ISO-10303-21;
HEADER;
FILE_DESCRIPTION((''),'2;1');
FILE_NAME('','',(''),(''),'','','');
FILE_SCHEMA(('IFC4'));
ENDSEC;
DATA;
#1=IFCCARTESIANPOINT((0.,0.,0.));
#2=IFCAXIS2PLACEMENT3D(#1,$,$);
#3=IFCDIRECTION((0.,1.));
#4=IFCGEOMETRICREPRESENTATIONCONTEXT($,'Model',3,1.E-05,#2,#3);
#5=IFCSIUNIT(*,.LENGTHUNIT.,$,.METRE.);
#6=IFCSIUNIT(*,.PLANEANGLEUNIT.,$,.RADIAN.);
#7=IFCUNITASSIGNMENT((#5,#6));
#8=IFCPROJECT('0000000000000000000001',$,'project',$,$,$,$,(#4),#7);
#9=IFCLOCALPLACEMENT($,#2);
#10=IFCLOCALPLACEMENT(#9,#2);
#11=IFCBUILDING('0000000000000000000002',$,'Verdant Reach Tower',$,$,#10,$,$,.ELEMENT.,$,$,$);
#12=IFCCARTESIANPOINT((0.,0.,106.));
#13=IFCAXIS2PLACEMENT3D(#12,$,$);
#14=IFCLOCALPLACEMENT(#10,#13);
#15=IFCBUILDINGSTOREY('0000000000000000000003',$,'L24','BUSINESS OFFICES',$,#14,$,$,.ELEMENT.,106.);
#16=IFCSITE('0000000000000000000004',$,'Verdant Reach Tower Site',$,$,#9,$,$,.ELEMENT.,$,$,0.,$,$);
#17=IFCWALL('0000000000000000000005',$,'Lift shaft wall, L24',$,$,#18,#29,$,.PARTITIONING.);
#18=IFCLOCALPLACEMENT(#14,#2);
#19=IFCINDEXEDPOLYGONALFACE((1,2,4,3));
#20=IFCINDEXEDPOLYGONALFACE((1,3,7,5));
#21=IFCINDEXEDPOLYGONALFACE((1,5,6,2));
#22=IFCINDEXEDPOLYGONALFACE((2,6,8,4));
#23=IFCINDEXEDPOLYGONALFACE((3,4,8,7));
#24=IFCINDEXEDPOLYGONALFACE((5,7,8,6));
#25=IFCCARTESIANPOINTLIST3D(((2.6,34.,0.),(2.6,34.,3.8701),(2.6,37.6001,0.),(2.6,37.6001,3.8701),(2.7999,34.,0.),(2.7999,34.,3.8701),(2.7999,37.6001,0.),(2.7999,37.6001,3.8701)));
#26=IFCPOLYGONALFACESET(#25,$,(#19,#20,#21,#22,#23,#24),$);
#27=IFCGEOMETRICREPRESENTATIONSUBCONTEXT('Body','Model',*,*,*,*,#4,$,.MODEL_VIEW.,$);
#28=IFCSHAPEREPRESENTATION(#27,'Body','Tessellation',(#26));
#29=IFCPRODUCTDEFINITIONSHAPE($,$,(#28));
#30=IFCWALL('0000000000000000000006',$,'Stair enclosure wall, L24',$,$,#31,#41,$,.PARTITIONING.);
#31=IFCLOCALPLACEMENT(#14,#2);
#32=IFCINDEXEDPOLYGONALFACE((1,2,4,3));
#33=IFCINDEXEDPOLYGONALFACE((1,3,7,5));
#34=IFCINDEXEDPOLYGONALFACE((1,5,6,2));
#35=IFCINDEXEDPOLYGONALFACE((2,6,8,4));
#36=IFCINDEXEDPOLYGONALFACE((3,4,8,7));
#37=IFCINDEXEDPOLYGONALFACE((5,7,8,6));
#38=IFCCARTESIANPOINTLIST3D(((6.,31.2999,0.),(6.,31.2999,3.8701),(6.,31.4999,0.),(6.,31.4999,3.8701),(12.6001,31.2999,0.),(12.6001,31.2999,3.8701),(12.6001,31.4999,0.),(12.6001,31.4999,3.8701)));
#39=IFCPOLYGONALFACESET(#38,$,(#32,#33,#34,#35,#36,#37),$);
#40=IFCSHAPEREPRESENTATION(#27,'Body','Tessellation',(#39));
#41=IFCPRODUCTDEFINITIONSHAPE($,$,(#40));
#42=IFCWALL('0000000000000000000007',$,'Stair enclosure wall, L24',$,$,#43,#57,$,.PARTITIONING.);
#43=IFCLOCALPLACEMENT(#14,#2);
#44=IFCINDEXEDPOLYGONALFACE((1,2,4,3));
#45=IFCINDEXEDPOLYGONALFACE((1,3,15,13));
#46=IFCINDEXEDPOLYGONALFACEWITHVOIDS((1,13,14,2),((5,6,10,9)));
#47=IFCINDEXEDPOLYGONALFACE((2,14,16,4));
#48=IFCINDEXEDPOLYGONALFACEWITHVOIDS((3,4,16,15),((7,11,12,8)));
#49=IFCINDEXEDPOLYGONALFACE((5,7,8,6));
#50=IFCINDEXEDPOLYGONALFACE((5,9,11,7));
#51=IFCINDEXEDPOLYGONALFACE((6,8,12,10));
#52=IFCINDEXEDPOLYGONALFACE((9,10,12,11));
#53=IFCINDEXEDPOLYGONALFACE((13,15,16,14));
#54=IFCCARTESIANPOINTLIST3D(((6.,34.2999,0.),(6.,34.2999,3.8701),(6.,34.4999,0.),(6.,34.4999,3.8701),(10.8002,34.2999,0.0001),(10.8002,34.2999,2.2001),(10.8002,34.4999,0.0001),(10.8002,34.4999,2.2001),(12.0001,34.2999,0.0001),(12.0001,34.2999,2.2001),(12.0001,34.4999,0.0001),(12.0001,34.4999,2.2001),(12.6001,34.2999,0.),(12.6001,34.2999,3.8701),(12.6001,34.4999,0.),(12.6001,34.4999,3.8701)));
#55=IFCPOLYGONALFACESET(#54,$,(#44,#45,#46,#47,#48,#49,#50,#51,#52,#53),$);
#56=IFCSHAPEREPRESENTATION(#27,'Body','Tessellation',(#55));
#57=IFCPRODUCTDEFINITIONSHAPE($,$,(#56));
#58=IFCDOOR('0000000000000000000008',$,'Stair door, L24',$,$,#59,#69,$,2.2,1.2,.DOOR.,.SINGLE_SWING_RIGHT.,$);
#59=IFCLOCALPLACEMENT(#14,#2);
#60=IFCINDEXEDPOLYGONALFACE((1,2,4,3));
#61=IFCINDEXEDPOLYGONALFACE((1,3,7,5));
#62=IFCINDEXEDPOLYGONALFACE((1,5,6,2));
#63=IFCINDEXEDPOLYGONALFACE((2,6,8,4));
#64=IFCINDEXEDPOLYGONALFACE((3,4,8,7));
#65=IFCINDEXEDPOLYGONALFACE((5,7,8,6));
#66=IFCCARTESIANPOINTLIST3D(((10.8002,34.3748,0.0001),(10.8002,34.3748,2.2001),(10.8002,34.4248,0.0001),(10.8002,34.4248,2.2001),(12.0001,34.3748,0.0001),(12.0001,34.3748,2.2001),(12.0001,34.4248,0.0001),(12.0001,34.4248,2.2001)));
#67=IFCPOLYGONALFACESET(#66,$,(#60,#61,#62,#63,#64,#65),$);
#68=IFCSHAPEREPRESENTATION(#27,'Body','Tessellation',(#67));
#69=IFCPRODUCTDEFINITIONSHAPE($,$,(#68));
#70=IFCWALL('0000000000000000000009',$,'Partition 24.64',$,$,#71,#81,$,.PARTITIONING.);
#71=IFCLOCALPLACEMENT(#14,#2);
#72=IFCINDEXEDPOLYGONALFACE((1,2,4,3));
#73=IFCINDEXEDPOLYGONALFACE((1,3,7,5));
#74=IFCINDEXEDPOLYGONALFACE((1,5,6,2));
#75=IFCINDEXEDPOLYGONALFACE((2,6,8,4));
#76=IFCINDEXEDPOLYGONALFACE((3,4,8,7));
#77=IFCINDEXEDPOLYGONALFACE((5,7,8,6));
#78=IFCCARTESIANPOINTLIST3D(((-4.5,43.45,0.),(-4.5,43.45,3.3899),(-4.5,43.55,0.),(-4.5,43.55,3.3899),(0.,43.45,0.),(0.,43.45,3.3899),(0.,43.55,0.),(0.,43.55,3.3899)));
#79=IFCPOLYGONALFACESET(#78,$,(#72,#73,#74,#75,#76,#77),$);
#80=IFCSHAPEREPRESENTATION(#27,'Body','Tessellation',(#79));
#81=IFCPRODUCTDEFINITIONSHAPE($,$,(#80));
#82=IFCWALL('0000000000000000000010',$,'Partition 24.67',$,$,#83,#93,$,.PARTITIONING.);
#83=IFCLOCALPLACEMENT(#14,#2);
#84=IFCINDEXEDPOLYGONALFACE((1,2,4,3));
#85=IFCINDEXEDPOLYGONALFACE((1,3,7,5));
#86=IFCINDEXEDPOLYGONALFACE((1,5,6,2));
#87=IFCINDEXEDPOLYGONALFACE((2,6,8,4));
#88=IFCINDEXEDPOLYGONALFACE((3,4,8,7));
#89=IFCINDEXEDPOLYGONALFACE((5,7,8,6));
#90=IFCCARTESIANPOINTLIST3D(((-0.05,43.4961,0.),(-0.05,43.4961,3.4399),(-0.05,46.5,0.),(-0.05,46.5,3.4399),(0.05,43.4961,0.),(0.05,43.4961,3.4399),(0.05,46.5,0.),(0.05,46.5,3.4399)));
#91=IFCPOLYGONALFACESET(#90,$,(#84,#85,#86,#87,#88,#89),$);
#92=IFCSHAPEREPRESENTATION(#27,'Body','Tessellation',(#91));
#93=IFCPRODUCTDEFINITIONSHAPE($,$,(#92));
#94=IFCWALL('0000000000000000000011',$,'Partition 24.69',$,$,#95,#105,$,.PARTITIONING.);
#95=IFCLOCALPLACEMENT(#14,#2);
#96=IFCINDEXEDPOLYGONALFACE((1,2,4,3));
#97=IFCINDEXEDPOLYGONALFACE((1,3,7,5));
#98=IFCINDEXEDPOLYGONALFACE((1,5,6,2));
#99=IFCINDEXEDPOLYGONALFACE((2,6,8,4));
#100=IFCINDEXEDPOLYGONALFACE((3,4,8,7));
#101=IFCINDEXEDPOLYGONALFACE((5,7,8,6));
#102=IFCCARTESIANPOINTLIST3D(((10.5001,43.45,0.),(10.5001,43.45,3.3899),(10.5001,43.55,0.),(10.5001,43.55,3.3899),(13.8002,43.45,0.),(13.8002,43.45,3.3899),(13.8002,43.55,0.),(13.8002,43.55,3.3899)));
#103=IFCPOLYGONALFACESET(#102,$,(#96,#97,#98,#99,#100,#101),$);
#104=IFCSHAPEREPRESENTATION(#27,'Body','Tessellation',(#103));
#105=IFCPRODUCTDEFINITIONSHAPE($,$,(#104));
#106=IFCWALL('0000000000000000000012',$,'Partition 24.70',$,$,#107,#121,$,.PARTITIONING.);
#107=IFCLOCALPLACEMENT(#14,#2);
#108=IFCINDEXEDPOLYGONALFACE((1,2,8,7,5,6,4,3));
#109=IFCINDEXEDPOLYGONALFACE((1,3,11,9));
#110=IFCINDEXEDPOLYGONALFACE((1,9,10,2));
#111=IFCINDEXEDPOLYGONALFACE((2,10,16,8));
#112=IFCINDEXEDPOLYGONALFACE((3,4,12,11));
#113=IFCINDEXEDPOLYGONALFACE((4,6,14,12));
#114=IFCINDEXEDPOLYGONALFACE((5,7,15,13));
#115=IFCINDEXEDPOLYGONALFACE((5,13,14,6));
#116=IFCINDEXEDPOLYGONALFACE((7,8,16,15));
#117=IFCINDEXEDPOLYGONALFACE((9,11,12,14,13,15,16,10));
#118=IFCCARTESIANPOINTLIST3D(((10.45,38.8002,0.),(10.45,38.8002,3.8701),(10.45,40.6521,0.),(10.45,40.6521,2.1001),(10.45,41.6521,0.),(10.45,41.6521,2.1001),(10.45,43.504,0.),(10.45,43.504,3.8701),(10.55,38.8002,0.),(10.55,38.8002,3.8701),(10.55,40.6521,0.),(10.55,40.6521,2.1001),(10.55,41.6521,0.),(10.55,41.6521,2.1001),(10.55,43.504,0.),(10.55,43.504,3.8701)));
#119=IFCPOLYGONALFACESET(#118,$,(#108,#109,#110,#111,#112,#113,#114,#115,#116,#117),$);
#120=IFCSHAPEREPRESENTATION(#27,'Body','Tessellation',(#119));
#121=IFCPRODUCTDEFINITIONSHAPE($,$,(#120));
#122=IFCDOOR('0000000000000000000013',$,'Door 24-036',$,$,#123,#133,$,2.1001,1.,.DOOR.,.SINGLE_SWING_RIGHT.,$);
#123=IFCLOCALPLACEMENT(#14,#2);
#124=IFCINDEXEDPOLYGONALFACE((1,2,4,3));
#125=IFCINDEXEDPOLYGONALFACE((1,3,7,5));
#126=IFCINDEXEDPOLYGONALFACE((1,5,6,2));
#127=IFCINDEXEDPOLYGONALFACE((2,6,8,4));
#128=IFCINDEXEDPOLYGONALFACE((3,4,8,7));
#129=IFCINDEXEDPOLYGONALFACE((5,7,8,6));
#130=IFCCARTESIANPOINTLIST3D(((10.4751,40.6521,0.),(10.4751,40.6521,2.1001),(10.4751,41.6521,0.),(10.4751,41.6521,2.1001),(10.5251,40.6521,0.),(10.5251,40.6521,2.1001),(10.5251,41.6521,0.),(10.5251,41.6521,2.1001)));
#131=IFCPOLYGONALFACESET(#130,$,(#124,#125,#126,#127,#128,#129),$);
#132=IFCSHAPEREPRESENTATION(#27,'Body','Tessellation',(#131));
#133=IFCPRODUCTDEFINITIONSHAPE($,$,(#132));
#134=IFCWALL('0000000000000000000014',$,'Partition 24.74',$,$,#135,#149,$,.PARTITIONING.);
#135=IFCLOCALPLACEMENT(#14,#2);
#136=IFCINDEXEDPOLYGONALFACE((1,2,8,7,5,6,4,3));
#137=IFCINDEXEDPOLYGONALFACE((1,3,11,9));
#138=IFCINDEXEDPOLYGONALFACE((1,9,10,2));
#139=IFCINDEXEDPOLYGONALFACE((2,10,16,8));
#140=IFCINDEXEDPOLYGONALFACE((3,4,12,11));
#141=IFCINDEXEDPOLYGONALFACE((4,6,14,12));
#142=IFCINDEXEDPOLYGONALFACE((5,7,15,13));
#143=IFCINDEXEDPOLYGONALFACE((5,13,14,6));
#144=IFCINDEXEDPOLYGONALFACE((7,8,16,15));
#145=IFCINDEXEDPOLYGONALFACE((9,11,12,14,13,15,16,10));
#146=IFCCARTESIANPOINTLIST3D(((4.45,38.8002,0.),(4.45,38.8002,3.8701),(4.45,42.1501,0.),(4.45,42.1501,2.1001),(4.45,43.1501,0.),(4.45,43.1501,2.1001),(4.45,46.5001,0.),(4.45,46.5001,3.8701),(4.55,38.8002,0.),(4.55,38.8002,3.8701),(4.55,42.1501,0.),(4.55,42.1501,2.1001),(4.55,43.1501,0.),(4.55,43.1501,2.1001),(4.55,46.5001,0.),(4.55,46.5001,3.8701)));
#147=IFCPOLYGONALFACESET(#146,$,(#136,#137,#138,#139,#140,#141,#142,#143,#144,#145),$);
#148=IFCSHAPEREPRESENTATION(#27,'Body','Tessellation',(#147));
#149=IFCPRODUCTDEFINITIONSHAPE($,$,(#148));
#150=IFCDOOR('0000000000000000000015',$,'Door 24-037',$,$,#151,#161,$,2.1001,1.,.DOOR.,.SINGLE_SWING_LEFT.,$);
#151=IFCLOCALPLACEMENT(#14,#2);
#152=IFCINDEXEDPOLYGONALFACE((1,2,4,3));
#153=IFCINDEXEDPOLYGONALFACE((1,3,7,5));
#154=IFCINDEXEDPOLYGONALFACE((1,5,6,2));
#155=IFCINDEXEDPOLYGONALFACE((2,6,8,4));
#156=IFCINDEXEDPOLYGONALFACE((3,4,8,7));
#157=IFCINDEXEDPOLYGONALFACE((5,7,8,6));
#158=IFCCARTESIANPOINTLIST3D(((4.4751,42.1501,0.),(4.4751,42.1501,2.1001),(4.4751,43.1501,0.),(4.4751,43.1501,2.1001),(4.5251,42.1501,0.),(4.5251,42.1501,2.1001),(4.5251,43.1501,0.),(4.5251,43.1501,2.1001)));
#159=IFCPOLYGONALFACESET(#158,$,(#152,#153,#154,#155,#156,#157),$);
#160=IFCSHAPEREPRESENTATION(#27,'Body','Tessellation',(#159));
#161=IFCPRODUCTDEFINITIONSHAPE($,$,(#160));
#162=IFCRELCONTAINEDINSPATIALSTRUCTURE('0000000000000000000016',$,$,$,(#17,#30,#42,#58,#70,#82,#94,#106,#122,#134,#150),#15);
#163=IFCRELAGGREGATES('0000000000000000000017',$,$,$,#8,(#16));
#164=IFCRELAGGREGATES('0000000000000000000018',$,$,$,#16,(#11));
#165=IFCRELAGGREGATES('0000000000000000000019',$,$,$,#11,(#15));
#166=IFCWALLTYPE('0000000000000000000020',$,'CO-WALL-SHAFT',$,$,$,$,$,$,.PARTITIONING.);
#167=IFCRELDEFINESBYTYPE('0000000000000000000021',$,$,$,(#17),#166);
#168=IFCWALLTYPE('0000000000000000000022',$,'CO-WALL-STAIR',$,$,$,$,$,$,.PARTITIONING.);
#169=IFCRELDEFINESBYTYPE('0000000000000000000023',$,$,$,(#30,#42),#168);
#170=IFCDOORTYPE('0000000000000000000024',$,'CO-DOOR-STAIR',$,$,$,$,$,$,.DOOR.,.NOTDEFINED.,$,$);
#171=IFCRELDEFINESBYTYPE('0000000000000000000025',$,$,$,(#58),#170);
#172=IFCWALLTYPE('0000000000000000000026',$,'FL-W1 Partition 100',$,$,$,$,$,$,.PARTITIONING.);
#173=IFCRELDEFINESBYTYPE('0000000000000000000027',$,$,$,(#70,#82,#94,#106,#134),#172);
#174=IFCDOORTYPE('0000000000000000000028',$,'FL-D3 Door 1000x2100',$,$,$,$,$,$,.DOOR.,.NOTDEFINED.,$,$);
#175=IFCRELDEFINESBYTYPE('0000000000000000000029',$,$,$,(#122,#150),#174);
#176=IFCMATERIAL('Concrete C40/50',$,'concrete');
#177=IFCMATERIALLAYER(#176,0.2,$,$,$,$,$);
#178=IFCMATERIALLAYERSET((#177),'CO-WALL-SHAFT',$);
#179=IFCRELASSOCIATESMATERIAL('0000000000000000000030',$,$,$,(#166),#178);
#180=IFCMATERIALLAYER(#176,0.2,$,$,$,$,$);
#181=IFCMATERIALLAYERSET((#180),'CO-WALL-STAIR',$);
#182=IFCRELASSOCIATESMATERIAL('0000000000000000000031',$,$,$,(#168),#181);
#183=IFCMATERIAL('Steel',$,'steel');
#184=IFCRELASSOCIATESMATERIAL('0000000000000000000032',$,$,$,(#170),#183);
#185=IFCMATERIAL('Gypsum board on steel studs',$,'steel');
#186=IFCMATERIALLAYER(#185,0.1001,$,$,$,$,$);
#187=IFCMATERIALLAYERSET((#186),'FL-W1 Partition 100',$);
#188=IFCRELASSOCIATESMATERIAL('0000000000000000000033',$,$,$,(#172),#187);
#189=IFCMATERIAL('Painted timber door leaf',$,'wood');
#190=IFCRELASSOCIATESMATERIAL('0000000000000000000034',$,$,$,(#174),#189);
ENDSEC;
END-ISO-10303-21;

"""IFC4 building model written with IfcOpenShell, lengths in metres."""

from ifc_helpers import new_model, si_unit, direction, frame, frame_2d, origin, place, context, subcontext, project, spatial, rectangle, extrude, material, layer, layer_set, type_object, element, fill, save


model = new_model("IFC4")

# Units and contexts
model_context = context("Model", 3, precision=1e-05, world=origin(), true_north=direction((0.0, 1.0)))
body_context = subcontext(model_context, "Body", "Model", "MODEL_VIEW")
ifc_project = project(units=[si_unit("LENGTHUNIT", "METRE"), si_unit("PLANEANGLEUNIT", "RADIAN")], contexts=[model_context])

# Site, building, storey
site_placement = place(None, origin())
site = spatial("IfcSite", under=ifc_project, at=site_placement, Name="Verdant Reach Tower Site", CompositionType="ELEMENT", RefElevation=0.0)
building_placement = place(site_placement, origin())
building = spatial("IfcBuilding", under=site, at=building_placement, Name="Verdant Reach Tower", CompositionType="ELEMENT")
storey_placement = place(building_placement, frame((0.0, 0.0, 106.0)))
storey = spatial("IfcBuildingStorey", under=building, at=storey_placement, Name="L24", Description="BUSINESS OFFICES", CompositionType="ELEMENT", Elevation=106.0)

# Walls
ifc_material_1 = material(Name="Concrete C40/50", Category="concrete")
ifc_layer_1 = layer(ifc_material_1, 0.2)
ifc_layer_set_1 = layer_set([ifc_layer_1], Name="CO-WALL-SHAFT")
wall_type_1 = type_object("IfcWallType", Name="CO-WALL-SHAFT", PredefinedType="PARTITIONING", material=ifc_layer_set_1)
wall_1_placement = place(storey_placement, frame((2.7, 34.0, 0.0), z_axis=(0.0, 0.0, 1.0), x_axis=(0.0, 1.0, 0.0)))
element("IfcWall", 1, at=wall_1_placement, inside=storey, type_object=wall_type_1, Name="Lift shaft wall, L24", PredefinedType="PARTITIONING", context=body_context, shape_type="SweptSolid", body=[
    extrude(rectangle(XDim=3.6001, YDim=0.2, at=frame_2d((1.8, 0.0))), origin(), (0.0, 0.0, 1.0), 3.8701),
])
ifc_layer_2 = layer(ifc_material_1, 0.2)
ifc_layer_set_2 = layer_set([ifc_layer_2], Name="CO-WALL-STAIR")
wall_type_2 = type_object("IfcWallType", Name="CO-WALL-STAIR", PredefinedType="PARTITIONING", material=ifc_layer_set_2)
wall_2_placement = place(storey_placement, frame((6.0, 31.3999, 0.0), z_axis=(0.0, 0.0, 1.0), x_axis=(1.0, 0.0, 0.0)))
element("IfcWall", 2, at=wall_2_placement, inside=storey, type_object=wall_type_2, Name="Stair enclosure wall, L24", PredefinedType="PARTITIONING", context=body_context, shape_type="SweptSolid", body=[
    extrude(rectangle(XDim=6.6001, YDim=0.2, at=frame_2d((3.3, 0.0))), origin(), (0.0, 0.0, 1.0), 3.8701),
])

# Wall, opening, door
wall_3_placement = place(storey_placement, frame((6.0, 34.3999, 0.0), z_axis=(0.0, 0.0, 1.0), x_axis=(1.0, 0.0, 0.0)))
wall_3 = element("IfcWall", 3, at=wall_3_placement, inside=storey, type_object=wall_type_2, Name="Stair enclosure wall, L24", PredefinedType="PARTITIONING", context=body_context, shape_type="SweptSolid", body=[
    extrude(rectangle(XDim=6.6001, YDim=0.2, at=frame_2d((3.3, 0.0))), origin(), (0.0, 0.0, 1.0), 3.8701),
])
opening_1_placement = place(wall_3_placement, frame((4.8, 0.0, 0.0)))
opening_1 = element("IfcOpeningElement", 4, at=opening_1_placement, cuts=wall_3, PredefinedType="OPENING", context=body_context, shape_type="SweptSolid", body=[
    extrude(rectangle(XDim=1.2, YDim=2.2, at=frame_2d((0.6001, 1.1001))), frame((0.0, 0.1099, 0.0), z_axis=(0.0, -1.0, 0.0), x_axis=(1.0, 0.0, 0.0)), (0.0, 0.0, 1.0), 0.22),
])
ifc_material_2 = material(Name="Steel", Category="steel")
door_type_1 = type_object("IfcDoorType", Name="CO-DOOR-STAIR", OperationType="NOTDEFINED", PredefinedType="DOOR", material=ifc_material_2)
door_1_placement = place(opening_1_placement, origin())
door_1 = element("IfcDoor", 5, at=door_1_placement, inside=storey, type_object=door_type_1, Name="Stair door, L24", OperationType="SINGLE_SWING_RIGHT", OverallHeight=2.2, OverallWidth=1.2, PredefinedType="DOOR", context=body_context, shape_type="SweptSolid", body=[
    extrude(rectangle(XDim=1.2, YDim=2.2, at=frame_2d((0.6001, 1.1001))), frame((0.0, 0.0249, 0.0), z_axis=(0.0, -1.0, 0.0), x_axis=(1.0, 0.0, 0.0)), (0.0, 0.0, 1.0), 0.05),
])
fill(opening_1, door_1)

# Walls
ifc_material_3 = material(Name="Gypsum board on steel studs", Category="steel")
ifc_layer_3 = layer(ifc_material_3, 0.1001)
ifc_layer_set_3 = layer_set([ifc_layer_3], Name="FL-W1 Partition 100")
wall_type_3 = type_object("IfcWallType", Name="FL-W1 Partition 100", PredefinedType="PARTITIONING", material=ifc_layer_set_3)
wall_4_placement = place(storey_placement, frame((0.0, 43.5, 0.0), z_axis=(0.0, 0.0, 1.0), x_axis=(-1.0, 0.0, 0.0)))
element("IfcWall", 6, at=wall_4_placement, inside=storey, type_object=wall_type_3, Name="Partition 24.64", PredefinedType="PARTITIONING", context=body_context, shape_type="SweptSolid", body=[
    extrude(rectangle(XDim=4.5, YDim=0.1001, at=frame_2d((2.25, 0.0))), origin(), (0.0, 0.0, 1.0), 3.3899),
])
wall_5_placement = place(storey_placement, frame((0.0, 43.4961, 0.0), z_axis=(0.0, 0.0, 1.0), x_axis=(0.0, 1.0, 0.0)))
element("IfcWall", 7, at=wall_5_placement, inside=storey, type_object=wall_type_3, Name="Partition 24.67", PredefinedType="PARTITIONING", context=body_context, shape_type="SweptSolid", body=[
    extrude(rectangle(XDim=3.0039, YDim=0.1001, at=frame_2d((1.502, 0.0))), origin(), (0.0, 0.0, 1.0), 3.4399),
])
wall_6_placement = place(storey_placement, frame((13.8, 43.5, 0.0), z_axis=(0.0, 0.0, 1.0), x_axis=(-1.0, 0.0, 0.0)))
element("IfcWall", 8, at=wall_6_placement, inside=storey, type_object=wall_type_3, Name="Partition 24.69", PredefinedType="PARTITIONING", context=body_context, shape_type="SweptSolid", body=[
    extrude(rectangle(XDim=3.3, YDim=0.1001, at=frame_2d((1.6499, 0.0))), origin(), (0.0, 0.0, 1.0), 3.3899),
])

# Walls, openings, doors
wall_7_placement = place(storey_placement, frame((10.5, 38.8, 0.0), z_axis=(0.0, 0.0, 1.0), x_axis=(0.0, 1.0, 0.0)))
wall_7 = element("IfcWall", 9, at=wall_7_placement, inside=storey, type_object=wall_type_3, Name="Partition 24.70", PredefinedType="PARTITIONING", context=body_context, shape_type="SweptSolid", body=[
    extrude(rectangle(XDim=4.7039, YDim=0.1001, at=frame_2d((2.3521, 0.0))), origin(), (0.0, 0.0, 1.0), 3.8701),
])
opening_2_placement = place(wall_7_placement, frame((1.8521, 0.0, 0.0)))
opening_2 = element("IfcOpeningElement", 10, at=opening_2_placement, cuts=wall_7, PredefinedType="OPENING", context=body_context, shape_type="SweptSolid", body=[
    extrude(rectangle(XDim=1.0, YDim=2.1001, at=frame_2d((0.5, 1.05))), frame((0.0, 0.0601, 0.0), z_axis=(0.0, -1.0, 0.0), x_axis=(1.0, 0.0, 0.0)), (0.0, 0.0, 1.0), 0.1201),
])
ifc_material_4 = material(Name="Painted timber door leaf", Category="wood")
door_type_2 = type_object("IfcDoorType", Name="FL-D3 Door 1000x2100", OperationType="NOTDEFINED", PredefinedType="DOOR", material=ifc_material_4)
door_2_placement = place(opening_2_placement, origin())
door_2 = element("IfcDoor", 11, at=door_2_placement, inside=storey, type_object=door_type_2, Name="Door 24-036", OperationType="SINGLE_SWING_RIGHT", OverallHeight=2.1001, OverallWidth=1.0, PredefinedType="DOOR", context=body_context, shape_type="SweptSolid", body=[
    extrude(rectangle(XDim=1.0, YDim=2.1001, at=frame_2d((0.5, 1.05))), frame((0.0, 0.0249, 0.0), z_axis=(0.0, -1.0, 0.0), x_axis=(1.0, 0.0, 0.0)), (0.0, 0.0, 1.0), 0.05),
])
fill(opening_2, door_2)
wall_8_placement = place(storey_placement, frame((4.5, 38.8, 0.0), z_axis=(0.0, 0.0, 1.0), x_axis=(0.0, 1.0, 0.0)))
wall_8 = element("IfcWall", 12, at=wall_8_placement, inside=storey, type_object=wall_type_3, Name="Partition 24.74", PredefinedType="PARTITIONING", context=body_context, shape_type="SweptSolid", body=[
    extrude(rectangle(XDim=7.7, YDim=0.1001, at=frame_2d((3.8501, 0.0))), origin(), (0.0, 0.0, 1.0), 3.8701),
])
opening_3_placement = place(wall_8_placement, frame((3.3501, 0.0, 0.0)))
opening_3 = element("IfcOpeningElement", 13, at=opening_3_placement, cuts=wall_8, PredefinedType="OPENING", context=body_context, shape_type="SweptSolid", body=[
    extrude(rectangle(XDim=1.0, YDim=2.1001, at=frame_2d((0.5, 1.05))), frame((0.0, 0.0601, 0.0), z_axis=(0.0, -1.0, 0.0), x_axis=(1.0, 0.0, 0.0)), (0.0, 0.0, 1.0), 0.1201),
])
door_3_placement = place(opening_3_placement, origin())
door_3 = element("IfcDoor", 14, at=door_3_placement, inside=storey, type_object=door_type_2, Name="Door 24-037", OperationType="SINGLE_SWING_LEFT", OverallHeight=2.1001, OverallWidth=1.0, PredefinedType="DOOR", context=body_context, shape_type="SweptSolid", body=[
    extrude(rectangle(XDim=1.0, YDim=2.1001, at=frame_2d((0.5, 1.05))), frame((0.0, 0.0249, 0.0), z_axis=(0.0, -1.0, 0.0), x_axis=(1.0, 0.0, 0.0)), (0.0, 0.0, 1.0), 0.05),
])
fill(opening_3, door_3)

save(model, "model.ifc")
